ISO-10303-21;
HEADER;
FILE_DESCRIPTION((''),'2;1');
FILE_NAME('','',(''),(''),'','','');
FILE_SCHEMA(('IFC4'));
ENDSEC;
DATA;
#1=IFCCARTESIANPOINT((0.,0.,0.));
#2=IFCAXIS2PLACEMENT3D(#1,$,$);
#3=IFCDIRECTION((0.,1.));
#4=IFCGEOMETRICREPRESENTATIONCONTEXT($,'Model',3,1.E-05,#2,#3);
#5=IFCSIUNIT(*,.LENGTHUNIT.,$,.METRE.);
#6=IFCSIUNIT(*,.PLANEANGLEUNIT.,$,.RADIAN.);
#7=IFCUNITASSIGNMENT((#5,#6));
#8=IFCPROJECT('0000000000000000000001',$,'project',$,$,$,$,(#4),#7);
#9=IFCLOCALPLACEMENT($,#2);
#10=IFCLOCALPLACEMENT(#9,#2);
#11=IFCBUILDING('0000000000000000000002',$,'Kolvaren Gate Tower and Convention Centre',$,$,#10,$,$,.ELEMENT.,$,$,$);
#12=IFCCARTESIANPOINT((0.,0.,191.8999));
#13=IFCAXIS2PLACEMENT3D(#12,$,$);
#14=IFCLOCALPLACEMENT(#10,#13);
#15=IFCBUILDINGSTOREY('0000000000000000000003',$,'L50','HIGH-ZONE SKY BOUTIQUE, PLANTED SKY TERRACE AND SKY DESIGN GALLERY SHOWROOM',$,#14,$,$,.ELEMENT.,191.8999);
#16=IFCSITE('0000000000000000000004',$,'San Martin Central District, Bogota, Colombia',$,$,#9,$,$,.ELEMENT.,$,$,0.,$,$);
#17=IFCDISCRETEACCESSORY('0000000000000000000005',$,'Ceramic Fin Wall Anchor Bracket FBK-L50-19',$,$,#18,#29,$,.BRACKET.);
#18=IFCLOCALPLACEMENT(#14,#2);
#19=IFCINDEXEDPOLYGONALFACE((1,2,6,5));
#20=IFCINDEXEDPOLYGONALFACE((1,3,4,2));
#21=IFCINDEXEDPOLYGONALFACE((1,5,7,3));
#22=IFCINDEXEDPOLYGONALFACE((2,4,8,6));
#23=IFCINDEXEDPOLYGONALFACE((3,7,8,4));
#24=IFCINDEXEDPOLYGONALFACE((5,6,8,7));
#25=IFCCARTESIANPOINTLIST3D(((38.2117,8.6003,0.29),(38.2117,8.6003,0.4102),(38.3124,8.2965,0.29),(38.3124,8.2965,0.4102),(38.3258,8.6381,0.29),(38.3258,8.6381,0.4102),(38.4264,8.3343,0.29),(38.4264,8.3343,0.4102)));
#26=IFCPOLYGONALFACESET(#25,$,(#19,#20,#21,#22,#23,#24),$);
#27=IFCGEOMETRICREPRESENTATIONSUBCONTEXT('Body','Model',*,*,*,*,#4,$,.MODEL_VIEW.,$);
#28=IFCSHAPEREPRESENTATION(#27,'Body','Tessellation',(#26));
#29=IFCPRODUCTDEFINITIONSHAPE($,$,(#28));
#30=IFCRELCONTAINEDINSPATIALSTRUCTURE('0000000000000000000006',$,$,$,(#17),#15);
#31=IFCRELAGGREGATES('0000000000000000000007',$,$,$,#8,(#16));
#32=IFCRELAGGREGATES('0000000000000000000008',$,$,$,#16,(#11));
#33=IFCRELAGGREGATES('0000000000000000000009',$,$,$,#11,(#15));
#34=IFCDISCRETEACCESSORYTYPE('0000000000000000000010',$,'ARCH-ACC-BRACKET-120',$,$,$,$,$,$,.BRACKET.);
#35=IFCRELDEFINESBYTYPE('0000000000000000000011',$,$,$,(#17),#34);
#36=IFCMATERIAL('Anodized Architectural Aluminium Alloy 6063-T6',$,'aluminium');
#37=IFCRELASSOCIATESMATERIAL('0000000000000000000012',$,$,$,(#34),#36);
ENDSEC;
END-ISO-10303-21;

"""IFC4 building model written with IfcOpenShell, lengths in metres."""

from ifc_helpers import new_model, si_unit, direction, frame, origin, origin_2d, place, context, subcontext, project, spatial, rectangle, extrude, material, type_object, element, save


model = new_model("IFC4")

# Units and contexts
model_context = context("Model", 3, precision=1e-05, world=origin(), true_north=direction((0.0, 1.0)))
body_context = subcontext(model_context, "Body", "Model", "MODEL_VIEW")
ifc_project = project(units=[si_unit("LENGTHUNIT", "METRE"), si_unit("PLANEANGLEUNIT", "RADIAN")], contexts=[model_context])

# Site, building, storey
site_placement = place(None, origin())
site = spatial("IfcSite", under=ifc_project, at=site_placement, Name="San Martin Central District, Bogota, Colombia", CompositionType="ELEMENT", RefElevation=0.0)
building_placement = place(site_placement, origin())
building = spatial("IfcBuilding", under=site, at=building_placement, Name="Kolvaren Gate Tower and Convention Centre", CompositionType="ELEMENT")
storey_placement = place(building_placement, frame((0.0, 0.0, 191.8999)))
storey = spatial("IfcBuildingStorey", under=building, at=storey_placement, Name="L50", Description="HIGH-ZONE SKY BOUTIQUE, PLANTED SKY TERRACE AND SKY DESIGN GALLERY SHOWROOM", CompositionType="ELEMENT", Elevation=191.8999)

# Shared definitions
ifc_material_1 = material(Name="Anodized Architectural Aluminium Alloy 6063-T6", Category="aluminium")

# Discrete accessory
discrete_accessory_type = type_object("IfcDiscreteAccessoryType", Name="ARCH-ACC-BRACKET-120", PredefinedType="BRACKET", material=ifc_material_1)
discrete_accessory_placement = place(storey_placement, frame((38.3191, 8.4673, 0.29), z_axis=(0.0, 0.0, 1.0), x_axis=(0.949242, 0.314548, 0.0)))
element("IfcDiscreteAccessory", 1, at=discrete_accessory_placement, inside=storey, type_object=discrete_accessory_type, Name="Ceramic Fin Wall Anchor Bracket FBK-L50-19", PredefinedType="BRACKET", context=body_context, shape_type="SweptSolid", body=[
    extrude(rectangle(XDim=0.1201, YDim=0.3201, at=origin_2d()), origin(), (0.0, 0.0, 1.0), 0.1201),
])

save(model, "model.ifc")
